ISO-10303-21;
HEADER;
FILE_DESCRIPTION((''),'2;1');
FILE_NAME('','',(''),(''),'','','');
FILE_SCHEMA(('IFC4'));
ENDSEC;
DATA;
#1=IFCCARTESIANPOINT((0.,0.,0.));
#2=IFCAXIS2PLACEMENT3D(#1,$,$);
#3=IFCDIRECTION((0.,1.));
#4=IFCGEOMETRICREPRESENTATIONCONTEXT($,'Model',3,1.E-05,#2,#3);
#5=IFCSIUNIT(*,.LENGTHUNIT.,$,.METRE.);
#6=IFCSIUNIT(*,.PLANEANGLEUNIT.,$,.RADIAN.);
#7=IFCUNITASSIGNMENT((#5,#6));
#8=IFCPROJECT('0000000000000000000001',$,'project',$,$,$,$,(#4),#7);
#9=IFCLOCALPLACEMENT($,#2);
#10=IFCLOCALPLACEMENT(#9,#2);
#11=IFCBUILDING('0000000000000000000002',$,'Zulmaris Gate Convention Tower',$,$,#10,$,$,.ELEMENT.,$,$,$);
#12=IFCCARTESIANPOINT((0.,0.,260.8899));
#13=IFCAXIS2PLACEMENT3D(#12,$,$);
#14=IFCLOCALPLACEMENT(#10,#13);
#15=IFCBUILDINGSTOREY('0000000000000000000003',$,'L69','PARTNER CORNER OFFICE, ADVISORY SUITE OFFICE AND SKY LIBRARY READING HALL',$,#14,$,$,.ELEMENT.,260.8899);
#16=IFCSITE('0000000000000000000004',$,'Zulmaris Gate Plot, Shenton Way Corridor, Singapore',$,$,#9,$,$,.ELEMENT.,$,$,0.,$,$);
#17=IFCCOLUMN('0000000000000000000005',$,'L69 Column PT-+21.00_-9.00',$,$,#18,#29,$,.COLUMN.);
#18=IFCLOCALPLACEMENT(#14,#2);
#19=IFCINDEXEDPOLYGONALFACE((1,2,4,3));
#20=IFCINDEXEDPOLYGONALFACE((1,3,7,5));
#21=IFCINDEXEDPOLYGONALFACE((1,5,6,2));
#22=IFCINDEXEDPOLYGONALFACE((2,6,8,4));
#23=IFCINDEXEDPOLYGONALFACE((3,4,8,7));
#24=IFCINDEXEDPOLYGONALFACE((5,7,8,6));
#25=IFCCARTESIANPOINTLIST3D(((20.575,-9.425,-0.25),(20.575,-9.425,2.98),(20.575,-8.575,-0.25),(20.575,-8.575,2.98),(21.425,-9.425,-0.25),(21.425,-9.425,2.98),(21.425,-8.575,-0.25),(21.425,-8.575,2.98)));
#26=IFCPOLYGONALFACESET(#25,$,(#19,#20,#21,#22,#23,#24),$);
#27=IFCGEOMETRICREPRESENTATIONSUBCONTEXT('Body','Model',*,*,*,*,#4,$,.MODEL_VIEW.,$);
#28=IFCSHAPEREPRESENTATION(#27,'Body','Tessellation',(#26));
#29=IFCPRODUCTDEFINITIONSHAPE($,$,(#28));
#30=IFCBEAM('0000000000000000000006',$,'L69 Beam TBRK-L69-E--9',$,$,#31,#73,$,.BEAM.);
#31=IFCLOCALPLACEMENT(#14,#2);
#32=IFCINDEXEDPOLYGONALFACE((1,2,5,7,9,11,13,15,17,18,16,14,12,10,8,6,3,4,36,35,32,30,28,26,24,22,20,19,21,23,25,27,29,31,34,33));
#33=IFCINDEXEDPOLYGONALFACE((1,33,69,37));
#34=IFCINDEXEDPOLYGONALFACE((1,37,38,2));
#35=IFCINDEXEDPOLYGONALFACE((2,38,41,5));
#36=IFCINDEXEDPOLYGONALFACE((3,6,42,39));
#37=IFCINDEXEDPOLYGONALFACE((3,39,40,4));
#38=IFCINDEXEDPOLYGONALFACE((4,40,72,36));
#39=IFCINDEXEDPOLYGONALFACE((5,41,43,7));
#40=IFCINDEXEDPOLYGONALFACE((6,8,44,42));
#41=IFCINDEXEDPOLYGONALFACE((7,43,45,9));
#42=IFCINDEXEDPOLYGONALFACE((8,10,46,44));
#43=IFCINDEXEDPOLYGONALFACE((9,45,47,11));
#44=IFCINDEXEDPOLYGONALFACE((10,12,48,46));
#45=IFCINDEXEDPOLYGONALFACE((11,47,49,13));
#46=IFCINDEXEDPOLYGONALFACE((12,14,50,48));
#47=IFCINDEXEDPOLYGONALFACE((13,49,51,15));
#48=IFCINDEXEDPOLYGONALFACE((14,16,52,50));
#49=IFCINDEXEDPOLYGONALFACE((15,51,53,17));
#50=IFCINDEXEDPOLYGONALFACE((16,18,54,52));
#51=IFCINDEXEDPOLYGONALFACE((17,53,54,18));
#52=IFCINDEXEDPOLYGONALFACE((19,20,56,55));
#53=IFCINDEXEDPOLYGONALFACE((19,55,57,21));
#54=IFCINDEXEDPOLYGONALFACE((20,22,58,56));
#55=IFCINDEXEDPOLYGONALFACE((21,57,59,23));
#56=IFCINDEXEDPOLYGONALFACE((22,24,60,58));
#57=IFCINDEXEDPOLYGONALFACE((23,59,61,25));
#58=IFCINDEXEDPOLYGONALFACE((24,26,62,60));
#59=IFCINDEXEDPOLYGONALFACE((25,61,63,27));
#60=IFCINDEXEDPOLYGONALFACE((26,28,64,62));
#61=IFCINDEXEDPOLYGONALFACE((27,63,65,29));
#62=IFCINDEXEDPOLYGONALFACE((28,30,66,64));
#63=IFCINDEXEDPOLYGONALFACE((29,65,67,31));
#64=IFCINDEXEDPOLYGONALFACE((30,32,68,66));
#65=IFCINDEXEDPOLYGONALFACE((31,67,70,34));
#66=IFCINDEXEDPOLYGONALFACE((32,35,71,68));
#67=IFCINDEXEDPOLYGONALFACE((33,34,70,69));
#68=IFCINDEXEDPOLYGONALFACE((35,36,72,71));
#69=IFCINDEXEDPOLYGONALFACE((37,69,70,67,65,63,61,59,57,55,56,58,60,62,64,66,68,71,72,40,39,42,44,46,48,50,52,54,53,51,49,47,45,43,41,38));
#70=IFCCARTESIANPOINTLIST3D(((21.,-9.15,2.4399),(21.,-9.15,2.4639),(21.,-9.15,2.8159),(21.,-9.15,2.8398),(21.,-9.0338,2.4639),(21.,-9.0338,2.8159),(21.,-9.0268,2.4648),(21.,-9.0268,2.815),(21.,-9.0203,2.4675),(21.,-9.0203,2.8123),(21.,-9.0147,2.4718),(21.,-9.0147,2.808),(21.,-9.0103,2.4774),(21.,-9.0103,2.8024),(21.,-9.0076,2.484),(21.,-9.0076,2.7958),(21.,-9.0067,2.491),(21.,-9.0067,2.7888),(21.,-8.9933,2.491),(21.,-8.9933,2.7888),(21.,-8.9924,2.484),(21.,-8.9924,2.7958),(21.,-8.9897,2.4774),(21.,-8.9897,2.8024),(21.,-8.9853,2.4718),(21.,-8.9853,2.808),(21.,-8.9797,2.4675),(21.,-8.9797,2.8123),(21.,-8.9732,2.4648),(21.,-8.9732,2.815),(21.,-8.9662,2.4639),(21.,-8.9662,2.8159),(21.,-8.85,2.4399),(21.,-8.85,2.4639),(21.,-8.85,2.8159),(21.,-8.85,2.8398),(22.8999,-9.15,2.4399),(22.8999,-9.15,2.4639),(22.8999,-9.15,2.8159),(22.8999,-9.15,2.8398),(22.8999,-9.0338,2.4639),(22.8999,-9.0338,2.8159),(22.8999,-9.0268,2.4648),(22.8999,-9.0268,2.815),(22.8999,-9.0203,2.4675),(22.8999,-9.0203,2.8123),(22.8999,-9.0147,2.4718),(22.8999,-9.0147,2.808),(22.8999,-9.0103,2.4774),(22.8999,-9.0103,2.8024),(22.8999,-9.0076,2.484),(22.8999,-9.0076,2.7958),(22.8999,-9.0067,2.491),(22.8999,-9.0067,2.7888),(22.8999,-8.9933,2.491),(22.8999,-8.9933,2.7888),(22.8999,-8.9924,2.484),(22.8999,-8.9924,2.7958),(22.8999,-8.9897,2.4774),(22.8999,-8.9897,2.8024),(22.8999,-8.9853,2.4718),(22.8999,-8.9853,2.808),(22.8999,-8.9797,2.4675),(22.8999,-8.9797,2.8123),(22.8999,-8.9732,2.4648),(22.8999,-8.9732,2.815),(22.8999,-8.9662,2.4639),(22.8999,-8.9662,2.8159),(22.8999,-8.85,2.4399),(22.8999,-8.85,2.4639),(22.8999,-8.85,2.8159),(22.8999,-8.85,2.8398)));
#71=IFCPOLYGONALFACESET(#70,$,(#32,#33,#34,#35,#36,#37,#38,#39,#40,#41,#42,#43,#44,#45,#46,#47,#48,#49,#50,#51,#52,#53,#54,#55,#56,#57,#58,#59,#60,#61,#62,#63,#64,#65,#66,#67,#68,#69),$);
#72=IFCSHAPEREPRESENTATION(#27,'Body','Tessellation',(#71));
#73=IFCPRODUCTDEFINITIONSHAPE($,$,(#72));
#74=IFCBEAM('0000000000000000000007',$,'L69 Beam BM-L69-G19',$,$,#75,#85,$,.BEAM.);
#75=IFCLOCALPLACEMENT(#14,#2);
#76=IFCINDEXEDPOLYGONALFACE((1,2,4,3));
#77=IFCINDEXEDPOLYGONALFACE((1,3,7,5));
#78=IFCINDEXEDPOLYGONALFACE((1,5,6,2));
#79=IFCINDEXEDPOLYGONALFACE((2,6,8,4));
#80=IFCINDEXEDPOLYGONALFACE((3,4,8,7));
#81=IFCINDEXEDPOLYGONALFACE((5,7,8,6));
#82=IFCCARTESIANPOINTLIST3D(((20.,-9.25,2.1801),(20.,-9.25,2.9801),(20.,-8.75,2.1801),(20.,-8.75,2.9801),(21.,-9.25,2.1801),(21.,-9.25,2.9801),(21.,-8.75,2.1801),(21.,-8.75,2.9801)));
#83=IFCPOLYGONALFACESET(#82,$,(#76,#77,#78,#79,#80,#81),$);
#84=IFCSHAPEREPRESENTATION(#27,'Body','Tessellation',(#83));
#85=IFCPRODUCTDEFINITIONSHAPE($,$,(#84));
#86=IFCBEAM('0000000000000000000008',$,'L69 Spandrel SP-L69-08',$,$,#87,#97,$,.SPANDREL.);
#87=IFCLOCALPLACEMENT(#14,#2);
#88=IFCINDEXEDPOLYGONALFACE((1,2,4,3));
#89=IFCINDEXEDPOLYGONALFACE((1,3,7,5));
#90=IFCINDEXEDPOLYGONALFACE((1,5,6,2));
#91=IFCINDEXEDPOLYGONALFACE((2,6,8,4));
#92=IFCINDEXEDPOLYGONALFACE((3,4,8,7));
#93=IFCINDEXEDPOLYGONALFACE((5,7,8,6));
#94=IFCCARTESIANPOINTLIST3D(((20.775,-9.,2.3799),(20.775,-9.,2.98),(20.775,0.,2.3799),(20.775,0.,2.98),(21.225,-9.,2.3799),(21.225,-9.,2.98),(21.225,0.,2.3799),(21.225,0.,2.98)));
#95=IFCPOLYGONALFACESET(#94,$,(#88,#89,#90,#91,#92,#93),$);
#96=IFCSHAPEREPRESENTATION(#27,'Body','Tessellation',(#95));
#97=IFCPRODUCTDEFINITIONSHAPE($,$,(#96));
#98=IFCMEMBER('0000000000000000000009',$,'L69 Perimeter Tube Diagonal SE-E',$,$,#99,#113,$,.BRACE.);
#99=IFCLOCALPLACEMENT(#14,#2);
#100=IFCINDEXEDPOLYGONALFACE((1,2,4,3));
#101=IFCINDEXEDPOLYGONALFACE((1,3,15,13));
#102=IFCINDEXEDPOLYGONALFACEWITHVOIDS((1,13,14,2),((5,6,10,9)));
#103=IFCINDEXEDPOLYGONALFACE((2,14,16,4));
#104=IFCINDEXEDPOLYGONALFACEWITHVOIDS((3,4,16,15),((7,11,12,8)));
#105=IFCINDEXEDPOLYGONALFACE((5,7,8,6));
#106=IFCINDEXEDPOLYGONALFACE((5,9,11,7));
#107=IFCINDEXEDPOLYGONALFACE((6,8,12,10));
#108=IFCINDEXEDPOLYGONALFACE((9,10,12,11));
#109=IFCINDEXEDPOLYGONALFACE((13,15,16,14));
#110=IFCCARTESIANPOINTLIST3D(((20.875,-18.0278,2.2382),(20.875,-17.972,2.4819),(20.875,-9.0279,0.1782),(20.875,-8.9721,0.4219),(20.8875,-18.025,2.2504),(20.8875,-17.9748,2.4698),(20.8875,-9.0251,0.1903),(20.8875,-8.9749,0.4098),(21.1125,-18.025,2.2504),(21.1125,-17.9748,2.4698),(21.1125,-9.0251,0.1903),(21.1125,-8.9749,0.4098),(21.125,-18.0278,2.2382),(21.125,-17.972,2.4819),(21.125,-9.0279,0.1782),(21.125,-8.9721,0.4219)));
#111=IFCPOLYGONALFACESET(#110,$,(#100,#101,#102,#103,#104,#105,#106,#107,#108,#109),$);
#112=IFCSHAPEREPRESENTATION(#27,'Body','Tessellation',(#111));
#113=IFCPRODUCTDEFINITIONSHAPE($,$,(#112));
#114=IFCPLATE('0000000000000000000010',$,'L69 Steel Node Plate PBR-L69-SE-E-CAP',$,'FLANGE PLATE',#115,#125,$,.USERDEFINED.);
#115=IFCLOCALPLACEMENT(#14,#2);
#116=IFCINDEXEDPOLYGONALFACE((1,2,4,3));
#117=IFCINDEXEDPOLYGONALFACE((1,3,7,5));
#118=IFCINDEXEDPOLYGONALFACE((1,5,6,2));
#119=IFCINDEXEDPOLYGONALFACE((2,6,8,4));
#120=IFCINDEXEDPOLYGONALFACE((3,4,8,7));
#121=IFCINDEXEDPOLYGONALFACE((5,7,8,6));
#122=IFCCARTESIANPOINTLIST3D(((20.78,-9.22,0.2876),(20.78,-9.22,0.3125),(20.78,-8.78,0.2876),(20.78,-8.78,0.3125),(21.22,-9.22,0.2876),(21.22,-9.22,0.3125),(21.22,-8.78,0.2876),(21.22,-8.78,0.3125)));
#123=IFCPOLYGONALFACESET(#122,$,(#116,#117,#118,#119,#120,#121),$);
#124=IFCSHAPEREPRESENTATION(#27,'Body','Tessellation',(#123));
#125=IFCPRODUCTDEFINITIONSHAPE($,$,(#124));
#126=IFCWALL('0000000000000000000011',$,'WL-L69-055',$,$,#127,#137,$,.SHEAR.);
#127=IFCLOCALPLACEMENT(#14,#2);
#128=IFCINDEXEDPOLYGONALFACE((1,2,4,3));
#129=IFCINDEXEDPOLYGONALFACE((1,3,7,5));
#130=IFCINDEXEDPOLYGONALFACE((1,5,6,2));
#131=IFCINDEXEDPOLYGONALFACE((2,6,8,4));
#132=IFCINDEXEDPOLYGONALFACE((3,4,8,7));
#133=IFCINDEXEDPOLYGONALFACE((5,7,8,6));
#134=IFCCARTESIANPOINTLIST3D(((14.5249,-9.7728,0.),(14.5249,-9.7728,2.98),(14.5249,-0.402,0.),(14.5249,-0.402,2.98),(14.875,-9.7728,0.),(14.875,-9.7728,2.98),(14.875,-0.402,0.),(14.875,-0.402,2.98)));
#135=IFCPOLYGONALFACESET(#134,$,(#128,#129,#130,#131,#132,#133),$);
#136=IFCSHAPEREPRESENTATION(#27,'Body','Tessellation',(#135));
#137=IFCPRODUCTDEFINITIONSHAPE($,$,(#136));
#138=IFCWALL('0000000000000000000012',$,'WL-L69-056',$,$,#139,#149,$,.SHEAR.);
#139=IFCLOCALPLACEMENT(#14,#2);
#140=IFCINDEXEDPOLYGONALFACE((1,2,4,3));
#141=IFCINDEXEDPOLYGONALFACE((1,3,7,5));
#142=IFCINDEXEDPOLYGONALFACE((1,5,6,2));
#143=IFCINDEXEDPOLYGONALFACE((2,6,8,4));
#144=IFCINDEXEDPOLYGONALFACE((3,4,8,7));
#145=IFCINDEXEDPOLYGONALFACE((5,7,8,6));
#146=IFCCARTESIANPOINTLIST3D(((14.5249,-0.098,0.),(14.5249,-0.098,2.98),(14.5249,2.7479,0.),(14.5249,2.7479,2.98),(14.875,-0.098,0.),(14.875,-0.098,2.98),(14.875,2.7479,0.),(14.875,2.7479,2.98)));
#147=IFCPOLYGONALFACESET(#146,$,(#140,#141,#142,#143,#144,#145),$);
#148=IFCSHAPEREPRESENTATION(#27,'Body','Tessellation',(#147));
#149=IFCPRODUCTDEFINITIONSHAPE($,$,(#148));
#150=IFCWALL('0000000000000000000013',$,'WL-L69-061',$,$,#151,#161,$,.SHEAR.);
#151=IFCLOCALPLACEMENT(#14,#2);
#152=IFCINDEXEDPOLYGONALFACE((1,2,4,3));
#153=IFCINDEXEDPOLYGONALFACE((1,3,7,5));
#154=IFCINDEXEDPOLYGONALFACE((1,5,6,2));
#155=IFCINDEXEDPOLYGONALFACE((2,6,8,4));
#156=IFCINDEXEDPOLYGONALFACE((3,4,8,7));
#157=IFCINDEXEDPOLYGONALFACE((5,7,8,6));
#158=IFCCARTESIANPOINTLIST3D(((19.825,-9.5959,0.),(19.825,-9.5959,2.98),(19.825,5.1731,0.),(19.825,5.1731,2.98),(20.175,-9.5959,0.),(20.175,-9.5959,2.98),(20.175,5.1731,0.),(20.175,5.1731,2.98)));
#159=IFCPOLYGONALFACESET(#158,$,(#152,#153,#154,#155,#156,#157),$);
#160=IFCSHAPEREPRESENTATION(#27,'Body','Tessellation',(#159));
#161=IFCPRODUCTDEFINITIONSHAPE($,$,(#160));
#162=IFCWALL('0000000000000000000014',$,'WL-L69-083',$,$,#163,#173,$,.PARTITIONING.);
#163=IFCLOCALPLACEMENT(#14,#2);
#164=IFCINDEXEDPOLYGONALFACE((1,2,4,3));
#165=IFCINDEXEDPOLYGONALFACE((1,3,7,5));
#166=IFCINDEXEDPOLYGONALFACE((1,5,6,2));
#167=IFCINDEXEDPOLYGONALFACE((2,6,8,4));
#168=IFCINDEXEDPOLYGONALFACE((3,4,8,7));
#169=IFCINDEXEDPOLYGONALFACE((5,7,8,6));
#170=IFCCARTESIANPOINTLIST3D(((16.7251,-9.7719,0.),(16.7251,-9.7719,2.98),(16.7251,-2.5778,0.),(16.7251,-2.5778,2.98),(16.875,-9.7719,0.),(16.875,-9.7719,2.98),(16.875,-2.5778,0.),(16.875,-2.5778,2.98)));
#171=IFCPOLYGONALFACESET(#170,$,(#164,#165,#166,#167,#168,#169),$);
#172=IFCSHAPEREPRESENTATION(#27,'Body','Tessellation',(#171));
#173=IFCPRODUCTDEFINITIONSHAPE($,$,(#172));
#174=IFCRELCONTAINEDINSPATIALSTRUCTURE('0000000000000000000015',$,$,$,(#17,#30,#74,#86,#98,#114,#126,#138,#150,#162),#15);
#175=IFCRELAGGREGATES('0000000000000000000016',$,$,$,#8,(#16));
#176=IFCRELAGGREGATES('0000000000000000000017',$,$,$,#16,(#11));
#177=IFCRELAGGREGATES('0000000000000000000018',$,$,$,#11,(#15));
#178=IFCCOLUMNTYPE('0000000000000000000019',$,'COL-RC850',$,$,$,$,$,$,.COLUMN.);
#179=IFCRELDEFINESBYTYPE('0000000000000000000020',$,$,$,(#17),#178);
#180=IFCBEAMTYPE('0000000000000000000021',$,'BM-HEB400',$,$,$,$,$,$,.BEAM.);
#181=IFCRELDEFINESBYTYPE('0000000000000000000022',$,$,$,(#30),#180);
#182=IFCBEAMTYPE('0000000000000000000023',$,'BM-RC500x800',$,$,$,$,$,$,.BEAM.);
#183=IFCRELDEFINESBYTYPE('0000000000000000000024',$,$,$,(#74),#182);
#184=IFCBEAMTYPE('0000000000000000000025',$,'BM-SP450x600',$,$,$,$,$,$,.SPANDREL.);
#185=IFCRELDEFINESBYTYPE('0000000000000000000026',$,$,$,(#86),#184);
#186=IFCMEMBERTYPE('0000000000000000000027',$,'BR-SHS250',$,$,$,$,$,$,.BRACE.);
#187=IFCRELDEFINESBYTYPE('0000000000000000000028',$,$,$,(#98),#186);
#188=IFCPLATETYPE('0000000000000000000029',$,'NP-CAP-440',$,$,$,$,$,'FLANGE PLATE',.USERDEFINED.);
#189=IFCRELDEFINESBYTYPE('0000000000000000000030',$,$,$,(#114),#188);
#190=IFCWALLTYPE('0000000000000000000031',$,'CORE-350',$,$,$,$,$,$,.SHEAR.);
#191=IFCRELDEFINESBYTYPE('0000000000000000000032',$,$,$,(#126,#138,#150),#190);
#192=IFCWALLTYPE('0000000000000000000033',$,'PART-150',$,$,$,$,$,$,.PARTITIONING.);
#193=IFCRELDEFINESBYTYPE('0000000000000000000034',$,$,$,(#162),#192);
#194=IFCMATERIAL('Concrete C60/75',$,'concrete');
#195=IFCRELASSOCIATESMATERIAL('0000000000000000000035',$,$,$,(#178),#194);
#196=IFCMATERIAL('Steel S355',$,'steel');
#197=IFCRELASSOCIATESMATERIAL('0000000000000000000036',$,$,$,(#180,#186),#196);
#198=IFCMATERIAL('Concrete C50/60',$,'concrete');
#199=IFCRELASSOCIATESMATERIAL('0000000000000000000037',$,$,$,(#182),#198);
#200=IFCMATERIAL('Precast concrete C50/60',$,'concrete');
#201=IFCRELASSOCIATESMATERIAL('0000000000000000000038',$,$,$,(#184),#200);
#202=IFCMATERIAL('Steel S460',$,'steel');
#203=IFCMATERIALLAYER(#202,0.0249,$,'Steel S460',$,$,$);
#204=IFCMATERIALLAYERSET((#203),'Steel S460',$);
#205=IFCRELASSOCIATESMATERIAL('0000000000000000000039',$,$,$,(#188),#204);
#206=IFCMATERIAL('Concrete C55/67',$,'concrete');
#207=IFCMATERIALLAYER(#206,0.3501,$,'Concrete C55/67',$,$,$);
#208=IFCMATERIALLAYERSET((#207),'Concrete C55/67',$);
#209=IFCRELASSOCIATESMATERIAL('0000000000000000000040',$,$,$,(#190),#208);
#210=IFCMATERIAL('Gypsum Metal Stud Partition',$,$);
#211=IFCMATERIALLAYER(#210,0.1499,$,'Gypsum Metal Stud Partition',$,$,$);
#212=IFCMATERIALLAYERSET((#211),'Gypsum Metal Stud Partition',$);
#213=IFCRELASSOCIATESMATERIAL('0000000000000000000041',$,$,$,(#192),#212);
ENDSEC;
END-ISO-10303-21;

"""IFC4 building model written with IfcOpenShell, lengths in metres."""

from ifc_helpers import new_model, si_unit, direction, frame, frame_2d, origin, origin_2d, place, context, subcontext, project, spatial, rectangle, hollow_rectangle, i_section, extrude, material, layer, layer_set, material_profile, profile_set, type_object, element, save


model = new_model("IFC4")

# Units and contexts
model_context = context("Model", 3, precision=1e-05, world=origin(), true_north=direction((0.0, 1.0)))
body_context = subcontext(model_context, "Body", "Model", "MODEL_VIEW")
ifc_project = project(units=[si_unit("LENGTHUNIT", "METRE"), si_unit("PLANEANGLEUNIT", "RADIAN")], contexts=[model_context])

# Site, building, storey
site_placement = place(None, origin())
site = spatial("IfcSite", under=ifc_project, at=site_placement, Name="Zulmaris Gate Plot, Shenton Way Corridor, Singapore", CompositionType="ELEMENT", RefElevation=0.0)
building_placement = place(site_placement, origin())
building = spatial("IfcBuilding", under=site, at=building_placement, Name="Zulmaris Gate Convention Tower", CompositionType="ELEMENT")
storey_placement = place(building_placement, frame((0.0, 0.0, 260.8899)))
storey = spatial("IfcBuildingStorey", under=building, at=storey_placement, Name="L69", Description="PARTNER CORNER OFFICE, ADVISORY SUITE OFFICE AND SKY LIBRARY READING HALL", CompositionType="ELEMENT", Elevation=260.8899)

# Column
ifc_material_1 = material(Name="Concrete C60/75", Category="concrete")
ifc_material_profile_1 = material_profile(ifc_material_1, rectangle(XDim=0.8501, YDim=0.8501, at=origin_2d()), Name="RC COL 850x850")
ifc_profile_set_1 = profile_set([ifc_material_profile_1], Name="Concrete C60/75")
column_type = type_object("IfcColumnType", Name="COL-RC850", PredefinedType="COLUMN", material=ifc_profile_set_1)
column_placement = place(storey_placement, frame((21.0, -9.0, -0.25), z_axis=(0.0, 0.0, 1.0), x_axis=(1.0, 0.0, 0.0)))
element("IfcColumn", 1, at=column_placement, inside=storey, type_object=column_type, Name="L69 Column PT-+21.00_-9.00", PredefinedType="COLUMN", context=body_context, shape_type="SweptSolid", body=[
    extrude(rectangle(XDim=0.8501, YDim=0.8501, at=origin_2d()), origin(), (0.0, 0.0, 1.0), 3.23),
])

# Beams
ifc_material_2 = material(Name="Steel S355", Category="steel")
ifc_material_profile_2 = material_profile(ifc_material_2, i_section(OverallWidth=0.3, OverallDepth=0.3999, WebThickness=0.0134, FlangeThickness=0.0239, FilletRadius=0.0271, at=origin_2d()), Name="HEB 400")
ifc_profile_set_2 = profile_set([ifc_material_profile_2], Name="Steel S355")
beam_type_1 = type_object("IfcBeamType", Name="BM-HEB400", PredefinedType="BEAM", material=ifc_profile_set_2)
beam_1_placement = place(storey_placement, frame((21.0, -9.0, 2.6399), z_axis=(1.0, 0.0, 0.0), x_axis=(0.0, 1.0, 0.0)))
element("IfcBeam", 2, at=beam_1_placement, inside=storey, type_object=beam_type_1, Name="L69 Beam TBRK-L69-E--9", PredefinedType="BEAM", context=body_context, shape_type="SweptSolid", body=[
    extrude(i_section(OverallWidth=0.3, OverallDepth=0.3999, WebThickness=0.0134, FlangeThickness=0.0239, FilletRadius=0.0271, at=origin_2d()), origin(), (0.0, 0.0, 1.0), 1.8999),
])
ifc_material_3 = material(Name="Concrete C50/60", Category="concrete")
ifc_material_profile_3 = material_profile(ifc_material_3, rectangle(XDim=0.5, YDim=0.8, at=origin_2d()), Name="RC BEAM 500x800")
ifc_profile_set_3 = profile_set([ifc_material_profile_3], Name="Concrete C50/60")
beam_type_2 = type_object("IfcBeamType", Name="BM-RC500x800", PredefinedType="BEAM", material=ifc_profile_set_3)
beam_2_placement = place(storey_placement, frame((20.0, -9.0, 2.5801), z_axis=(1.0, 0.0, 0.0), x_axis=(0.0, 1.0, 0.0)))
element("IfcBeam", 3, at=beam_2_placement, inside=storey, type_object=beam_type_2, Name="L69 Beam BM-L69-G19", PredefinedType="BEAM", context=body_context, shape_type="SweptSolid", body=[
    extrude(rectangle(XDim=0.5, YDim=0.8, at=origin_2d()), origin(), (0.0, 0.0, 1.0), 1.0),
])
ifc_material_4 = material(Name="Precast concrete C50/60", Category="concrete")
ifc_material_profile_4 = material_profile(ifc_material_4, rectangle(XDim=0.45, YDim=0.6001, at=origin_2d()), Name="RC SPANDREL 450x600")
ifc_profile_set_4 = profile_set([ifc_material_profile_4], Name="Precast concrete C50/60")
beam_type_3 = type_object("IfcBeamType", Name="BM-SP450x600", PredefinedType="SPANDREL", material=ifc_profile_set_4)
beam_3_placement = place(storey_placement, frame((21.0, -9.0, 2.6799), z_axis=(0.0, 1.0, 0.0), x_axis=(-1.0, 0.0, 0.0)))
element("IfcBeam", 4, at=beam_3_placement, inside=storey, type_object=beam_type_3, Name="L69 Spandrel SP-L69-08", PredefinedType="SPANDREL", context=body_context, shape_type="SweptSolid", body=[
    extrude(rectangle(XDim=0.45, YDim=0.6001, at=origin_2d()), origin(), (0.0, 0.0, 1.0), 9.0),
])

# Member
ifc_material_profile_5 = material_profile(ifc_material_2, hollow_rectangle(XDim=0.25, YDim=0.25, WallThickness=0.0125, at=origin_2d()), Name="SHS 250x250x12.5")
ifc_profile_set_5 = profile_set([ifc_material_profile_5], Name="Steel S355")
member_type = type_object("IfcMemberType", Name="BR-SHS250", PredefinedType="BRACE", material=ifc_profile_set_5)
member_placement = place(storey_placement, frame((21.0, -9.0, 0.3), z_axis=(0.0, -0.97479, 0.223125), x_axis=(1.0, 0.0, 0.0)))
element("IfcMember", 5, at=member_placement, inside=storey, type_object=member_type, Name="L69 Perimeter Tube Diagonal SE-E", PredefinedType="BRACE", context=body_context, shape_type="SweptSolid", body=[
    extrude(hollow_rectangle(XDim=0.25, YDim=0.25, WallThickness=0.0125, at=origin_2d()), origin(), (0.0, 0.0, 1.0), 9.2327),
])

# Plate
ifc_material_5 = material(Name="Steel S460", Category="steel")
ifc_layer_1 = layer(ifc_material_5, 0.0249, Name="Steel S460")
ifc_layer_set_1 = layer_set([ifc_layer_1], Name="Steel S460")
plate_type = type_object("IfcPlateType", Name="NP-CAP-440", ElementType="FLANGE PLATE", PredefinedType="USERDEFINED", material=ifc_layer_set_1)
plate_placement = place(storey_placement, frame((21.0, -9.0, 0.2876), z_axis=(0.0, 0.0, 1.0), x_axis=(1.0, 0.0, 0.0)))
element("IfcPlate", 6, at=plate_placement, inside=storey, type_object=plate_type, Name="L69 Steel Node Plate PBR-L69-SE-E-CAP", ObjectType="FLANGE PLATE", PredefinedType="USERDEFINED", context=body_context, shape_type="SweptSolid", body=[
    extrude(rectangle(XDim=0.4399, YDim=0.4399, at=origin_2d()), origin(), (0.0, 0.0, 1.0), 0.0249),
])

# Walls
ifc_material_6 = material(Name="Concrete C55/67", Category="concrete")
ifc_layer_2 = layer(ifc_material_6, 0.3501, Name="Concrete C55/67")
ifc_layer_set_2 = layer_set([ifc_layer_2], Name="Concrete C55/67")
wall_type_1 = type_object("IfcWallType", Name="CORE-350", PredefinedType="SHEAR", material=ifc_layer_set_2)
wall_1_placement = place(storey_placement, frame((14.7, -9.7729, 0.0), z_axis=(0.0, 0.0, 1.0), x_axis=(0.0, 1.0, 0.0)))
element("IfcWall", 7, at=wall_1_placement, inside=storey, type_object=wall_type_1, Name="WL-L69-055", PredefinedType="SHEAR", context=body_context, shape_type="SweptSolid", body=[
    extrude(rectangle(XDim=9.3708, YDim=0.3501, at=frame_2d((4.6855, 0.0))), origin(), (0.0, 0.0, 1.0), 2.98),
])
wall_2_placement = place(storey_placement, frame((14.7, -0.0979, 0.0), z_axis=(0.0, 0.0, 1.0), x_axis=(0.0, 1.0, 0.0)))
element("IfcWall", 8, at=wall_2_placement, inside=storey, type_object=wall_type_1, Name="WL-L69-056", PredefinedType="SHEAR", context=body_context, shape_type="SweptSolid", body=[
    extrude(rectangle(XDim=2.8459, YDim=0.3501, at=frame_2d((1.4229, 0.0))), origin(), (0.0, 0.0, 1.0), 2.98),
])
wall_3_placement = place(storey_placement, frame((20.0, -9.5959, 0.0), z_axis=(0.0, 0.0, 1.0), x_axis=(0.0, 1.0, 0.0)))
element("IfcWall", 9, at=wall_3_placement, inside=storey, type_object=wall_type_1, Name="WL-L69-061", PredefinedType="SHEAR", context=body_context, shape_type="SweptSolid", body=[
    extrude(rectangle(XDim=14.769, YDim=0.3501, at=frame_2d((7.3845, 0.0))), origin(), (0.0, 0.0, 1.0), 2.98),
])

# Shared definitions
ifc_material_7 = material(Name="Gypsum Metal Stud Partition")
ifc_layer_3 = layer(ifc_material_7, 0.1499, Name="Gypsum Metal Stud Partition")
ifc_layer_set_3 = layer_set([ifc_layer_3], Name="Gypsum Metal Stud Partition")
wall_type_2 = type_object("IfcWallType", Name="PART-150", PredefinedType="PARTITIONING", material=ifc_layer_set_3)

# Wall
wall_4_placement = place(storey_placement, frame((16.8, -9.772, 0.0), z_axis=(0.0, 0.0, 1.0), x_axis=(0.0, 1.0, 0.0)))
element("IfcWall", 10, at=wall_4_placement, inside=storey, type_object=wall_type_2, Name="WL-L69-083", PredefinedType="PARTITIONING", context=body_context, shape_type="SweptSolid", body=[
    extrude(rectangle(XDim=7.1941, YDim=0.1499, at=frame_2d((3.5972, 0.0))), origin(), (0.0, 0.0, 1.0), 2.98),
])

save(model, "model.ifc")
